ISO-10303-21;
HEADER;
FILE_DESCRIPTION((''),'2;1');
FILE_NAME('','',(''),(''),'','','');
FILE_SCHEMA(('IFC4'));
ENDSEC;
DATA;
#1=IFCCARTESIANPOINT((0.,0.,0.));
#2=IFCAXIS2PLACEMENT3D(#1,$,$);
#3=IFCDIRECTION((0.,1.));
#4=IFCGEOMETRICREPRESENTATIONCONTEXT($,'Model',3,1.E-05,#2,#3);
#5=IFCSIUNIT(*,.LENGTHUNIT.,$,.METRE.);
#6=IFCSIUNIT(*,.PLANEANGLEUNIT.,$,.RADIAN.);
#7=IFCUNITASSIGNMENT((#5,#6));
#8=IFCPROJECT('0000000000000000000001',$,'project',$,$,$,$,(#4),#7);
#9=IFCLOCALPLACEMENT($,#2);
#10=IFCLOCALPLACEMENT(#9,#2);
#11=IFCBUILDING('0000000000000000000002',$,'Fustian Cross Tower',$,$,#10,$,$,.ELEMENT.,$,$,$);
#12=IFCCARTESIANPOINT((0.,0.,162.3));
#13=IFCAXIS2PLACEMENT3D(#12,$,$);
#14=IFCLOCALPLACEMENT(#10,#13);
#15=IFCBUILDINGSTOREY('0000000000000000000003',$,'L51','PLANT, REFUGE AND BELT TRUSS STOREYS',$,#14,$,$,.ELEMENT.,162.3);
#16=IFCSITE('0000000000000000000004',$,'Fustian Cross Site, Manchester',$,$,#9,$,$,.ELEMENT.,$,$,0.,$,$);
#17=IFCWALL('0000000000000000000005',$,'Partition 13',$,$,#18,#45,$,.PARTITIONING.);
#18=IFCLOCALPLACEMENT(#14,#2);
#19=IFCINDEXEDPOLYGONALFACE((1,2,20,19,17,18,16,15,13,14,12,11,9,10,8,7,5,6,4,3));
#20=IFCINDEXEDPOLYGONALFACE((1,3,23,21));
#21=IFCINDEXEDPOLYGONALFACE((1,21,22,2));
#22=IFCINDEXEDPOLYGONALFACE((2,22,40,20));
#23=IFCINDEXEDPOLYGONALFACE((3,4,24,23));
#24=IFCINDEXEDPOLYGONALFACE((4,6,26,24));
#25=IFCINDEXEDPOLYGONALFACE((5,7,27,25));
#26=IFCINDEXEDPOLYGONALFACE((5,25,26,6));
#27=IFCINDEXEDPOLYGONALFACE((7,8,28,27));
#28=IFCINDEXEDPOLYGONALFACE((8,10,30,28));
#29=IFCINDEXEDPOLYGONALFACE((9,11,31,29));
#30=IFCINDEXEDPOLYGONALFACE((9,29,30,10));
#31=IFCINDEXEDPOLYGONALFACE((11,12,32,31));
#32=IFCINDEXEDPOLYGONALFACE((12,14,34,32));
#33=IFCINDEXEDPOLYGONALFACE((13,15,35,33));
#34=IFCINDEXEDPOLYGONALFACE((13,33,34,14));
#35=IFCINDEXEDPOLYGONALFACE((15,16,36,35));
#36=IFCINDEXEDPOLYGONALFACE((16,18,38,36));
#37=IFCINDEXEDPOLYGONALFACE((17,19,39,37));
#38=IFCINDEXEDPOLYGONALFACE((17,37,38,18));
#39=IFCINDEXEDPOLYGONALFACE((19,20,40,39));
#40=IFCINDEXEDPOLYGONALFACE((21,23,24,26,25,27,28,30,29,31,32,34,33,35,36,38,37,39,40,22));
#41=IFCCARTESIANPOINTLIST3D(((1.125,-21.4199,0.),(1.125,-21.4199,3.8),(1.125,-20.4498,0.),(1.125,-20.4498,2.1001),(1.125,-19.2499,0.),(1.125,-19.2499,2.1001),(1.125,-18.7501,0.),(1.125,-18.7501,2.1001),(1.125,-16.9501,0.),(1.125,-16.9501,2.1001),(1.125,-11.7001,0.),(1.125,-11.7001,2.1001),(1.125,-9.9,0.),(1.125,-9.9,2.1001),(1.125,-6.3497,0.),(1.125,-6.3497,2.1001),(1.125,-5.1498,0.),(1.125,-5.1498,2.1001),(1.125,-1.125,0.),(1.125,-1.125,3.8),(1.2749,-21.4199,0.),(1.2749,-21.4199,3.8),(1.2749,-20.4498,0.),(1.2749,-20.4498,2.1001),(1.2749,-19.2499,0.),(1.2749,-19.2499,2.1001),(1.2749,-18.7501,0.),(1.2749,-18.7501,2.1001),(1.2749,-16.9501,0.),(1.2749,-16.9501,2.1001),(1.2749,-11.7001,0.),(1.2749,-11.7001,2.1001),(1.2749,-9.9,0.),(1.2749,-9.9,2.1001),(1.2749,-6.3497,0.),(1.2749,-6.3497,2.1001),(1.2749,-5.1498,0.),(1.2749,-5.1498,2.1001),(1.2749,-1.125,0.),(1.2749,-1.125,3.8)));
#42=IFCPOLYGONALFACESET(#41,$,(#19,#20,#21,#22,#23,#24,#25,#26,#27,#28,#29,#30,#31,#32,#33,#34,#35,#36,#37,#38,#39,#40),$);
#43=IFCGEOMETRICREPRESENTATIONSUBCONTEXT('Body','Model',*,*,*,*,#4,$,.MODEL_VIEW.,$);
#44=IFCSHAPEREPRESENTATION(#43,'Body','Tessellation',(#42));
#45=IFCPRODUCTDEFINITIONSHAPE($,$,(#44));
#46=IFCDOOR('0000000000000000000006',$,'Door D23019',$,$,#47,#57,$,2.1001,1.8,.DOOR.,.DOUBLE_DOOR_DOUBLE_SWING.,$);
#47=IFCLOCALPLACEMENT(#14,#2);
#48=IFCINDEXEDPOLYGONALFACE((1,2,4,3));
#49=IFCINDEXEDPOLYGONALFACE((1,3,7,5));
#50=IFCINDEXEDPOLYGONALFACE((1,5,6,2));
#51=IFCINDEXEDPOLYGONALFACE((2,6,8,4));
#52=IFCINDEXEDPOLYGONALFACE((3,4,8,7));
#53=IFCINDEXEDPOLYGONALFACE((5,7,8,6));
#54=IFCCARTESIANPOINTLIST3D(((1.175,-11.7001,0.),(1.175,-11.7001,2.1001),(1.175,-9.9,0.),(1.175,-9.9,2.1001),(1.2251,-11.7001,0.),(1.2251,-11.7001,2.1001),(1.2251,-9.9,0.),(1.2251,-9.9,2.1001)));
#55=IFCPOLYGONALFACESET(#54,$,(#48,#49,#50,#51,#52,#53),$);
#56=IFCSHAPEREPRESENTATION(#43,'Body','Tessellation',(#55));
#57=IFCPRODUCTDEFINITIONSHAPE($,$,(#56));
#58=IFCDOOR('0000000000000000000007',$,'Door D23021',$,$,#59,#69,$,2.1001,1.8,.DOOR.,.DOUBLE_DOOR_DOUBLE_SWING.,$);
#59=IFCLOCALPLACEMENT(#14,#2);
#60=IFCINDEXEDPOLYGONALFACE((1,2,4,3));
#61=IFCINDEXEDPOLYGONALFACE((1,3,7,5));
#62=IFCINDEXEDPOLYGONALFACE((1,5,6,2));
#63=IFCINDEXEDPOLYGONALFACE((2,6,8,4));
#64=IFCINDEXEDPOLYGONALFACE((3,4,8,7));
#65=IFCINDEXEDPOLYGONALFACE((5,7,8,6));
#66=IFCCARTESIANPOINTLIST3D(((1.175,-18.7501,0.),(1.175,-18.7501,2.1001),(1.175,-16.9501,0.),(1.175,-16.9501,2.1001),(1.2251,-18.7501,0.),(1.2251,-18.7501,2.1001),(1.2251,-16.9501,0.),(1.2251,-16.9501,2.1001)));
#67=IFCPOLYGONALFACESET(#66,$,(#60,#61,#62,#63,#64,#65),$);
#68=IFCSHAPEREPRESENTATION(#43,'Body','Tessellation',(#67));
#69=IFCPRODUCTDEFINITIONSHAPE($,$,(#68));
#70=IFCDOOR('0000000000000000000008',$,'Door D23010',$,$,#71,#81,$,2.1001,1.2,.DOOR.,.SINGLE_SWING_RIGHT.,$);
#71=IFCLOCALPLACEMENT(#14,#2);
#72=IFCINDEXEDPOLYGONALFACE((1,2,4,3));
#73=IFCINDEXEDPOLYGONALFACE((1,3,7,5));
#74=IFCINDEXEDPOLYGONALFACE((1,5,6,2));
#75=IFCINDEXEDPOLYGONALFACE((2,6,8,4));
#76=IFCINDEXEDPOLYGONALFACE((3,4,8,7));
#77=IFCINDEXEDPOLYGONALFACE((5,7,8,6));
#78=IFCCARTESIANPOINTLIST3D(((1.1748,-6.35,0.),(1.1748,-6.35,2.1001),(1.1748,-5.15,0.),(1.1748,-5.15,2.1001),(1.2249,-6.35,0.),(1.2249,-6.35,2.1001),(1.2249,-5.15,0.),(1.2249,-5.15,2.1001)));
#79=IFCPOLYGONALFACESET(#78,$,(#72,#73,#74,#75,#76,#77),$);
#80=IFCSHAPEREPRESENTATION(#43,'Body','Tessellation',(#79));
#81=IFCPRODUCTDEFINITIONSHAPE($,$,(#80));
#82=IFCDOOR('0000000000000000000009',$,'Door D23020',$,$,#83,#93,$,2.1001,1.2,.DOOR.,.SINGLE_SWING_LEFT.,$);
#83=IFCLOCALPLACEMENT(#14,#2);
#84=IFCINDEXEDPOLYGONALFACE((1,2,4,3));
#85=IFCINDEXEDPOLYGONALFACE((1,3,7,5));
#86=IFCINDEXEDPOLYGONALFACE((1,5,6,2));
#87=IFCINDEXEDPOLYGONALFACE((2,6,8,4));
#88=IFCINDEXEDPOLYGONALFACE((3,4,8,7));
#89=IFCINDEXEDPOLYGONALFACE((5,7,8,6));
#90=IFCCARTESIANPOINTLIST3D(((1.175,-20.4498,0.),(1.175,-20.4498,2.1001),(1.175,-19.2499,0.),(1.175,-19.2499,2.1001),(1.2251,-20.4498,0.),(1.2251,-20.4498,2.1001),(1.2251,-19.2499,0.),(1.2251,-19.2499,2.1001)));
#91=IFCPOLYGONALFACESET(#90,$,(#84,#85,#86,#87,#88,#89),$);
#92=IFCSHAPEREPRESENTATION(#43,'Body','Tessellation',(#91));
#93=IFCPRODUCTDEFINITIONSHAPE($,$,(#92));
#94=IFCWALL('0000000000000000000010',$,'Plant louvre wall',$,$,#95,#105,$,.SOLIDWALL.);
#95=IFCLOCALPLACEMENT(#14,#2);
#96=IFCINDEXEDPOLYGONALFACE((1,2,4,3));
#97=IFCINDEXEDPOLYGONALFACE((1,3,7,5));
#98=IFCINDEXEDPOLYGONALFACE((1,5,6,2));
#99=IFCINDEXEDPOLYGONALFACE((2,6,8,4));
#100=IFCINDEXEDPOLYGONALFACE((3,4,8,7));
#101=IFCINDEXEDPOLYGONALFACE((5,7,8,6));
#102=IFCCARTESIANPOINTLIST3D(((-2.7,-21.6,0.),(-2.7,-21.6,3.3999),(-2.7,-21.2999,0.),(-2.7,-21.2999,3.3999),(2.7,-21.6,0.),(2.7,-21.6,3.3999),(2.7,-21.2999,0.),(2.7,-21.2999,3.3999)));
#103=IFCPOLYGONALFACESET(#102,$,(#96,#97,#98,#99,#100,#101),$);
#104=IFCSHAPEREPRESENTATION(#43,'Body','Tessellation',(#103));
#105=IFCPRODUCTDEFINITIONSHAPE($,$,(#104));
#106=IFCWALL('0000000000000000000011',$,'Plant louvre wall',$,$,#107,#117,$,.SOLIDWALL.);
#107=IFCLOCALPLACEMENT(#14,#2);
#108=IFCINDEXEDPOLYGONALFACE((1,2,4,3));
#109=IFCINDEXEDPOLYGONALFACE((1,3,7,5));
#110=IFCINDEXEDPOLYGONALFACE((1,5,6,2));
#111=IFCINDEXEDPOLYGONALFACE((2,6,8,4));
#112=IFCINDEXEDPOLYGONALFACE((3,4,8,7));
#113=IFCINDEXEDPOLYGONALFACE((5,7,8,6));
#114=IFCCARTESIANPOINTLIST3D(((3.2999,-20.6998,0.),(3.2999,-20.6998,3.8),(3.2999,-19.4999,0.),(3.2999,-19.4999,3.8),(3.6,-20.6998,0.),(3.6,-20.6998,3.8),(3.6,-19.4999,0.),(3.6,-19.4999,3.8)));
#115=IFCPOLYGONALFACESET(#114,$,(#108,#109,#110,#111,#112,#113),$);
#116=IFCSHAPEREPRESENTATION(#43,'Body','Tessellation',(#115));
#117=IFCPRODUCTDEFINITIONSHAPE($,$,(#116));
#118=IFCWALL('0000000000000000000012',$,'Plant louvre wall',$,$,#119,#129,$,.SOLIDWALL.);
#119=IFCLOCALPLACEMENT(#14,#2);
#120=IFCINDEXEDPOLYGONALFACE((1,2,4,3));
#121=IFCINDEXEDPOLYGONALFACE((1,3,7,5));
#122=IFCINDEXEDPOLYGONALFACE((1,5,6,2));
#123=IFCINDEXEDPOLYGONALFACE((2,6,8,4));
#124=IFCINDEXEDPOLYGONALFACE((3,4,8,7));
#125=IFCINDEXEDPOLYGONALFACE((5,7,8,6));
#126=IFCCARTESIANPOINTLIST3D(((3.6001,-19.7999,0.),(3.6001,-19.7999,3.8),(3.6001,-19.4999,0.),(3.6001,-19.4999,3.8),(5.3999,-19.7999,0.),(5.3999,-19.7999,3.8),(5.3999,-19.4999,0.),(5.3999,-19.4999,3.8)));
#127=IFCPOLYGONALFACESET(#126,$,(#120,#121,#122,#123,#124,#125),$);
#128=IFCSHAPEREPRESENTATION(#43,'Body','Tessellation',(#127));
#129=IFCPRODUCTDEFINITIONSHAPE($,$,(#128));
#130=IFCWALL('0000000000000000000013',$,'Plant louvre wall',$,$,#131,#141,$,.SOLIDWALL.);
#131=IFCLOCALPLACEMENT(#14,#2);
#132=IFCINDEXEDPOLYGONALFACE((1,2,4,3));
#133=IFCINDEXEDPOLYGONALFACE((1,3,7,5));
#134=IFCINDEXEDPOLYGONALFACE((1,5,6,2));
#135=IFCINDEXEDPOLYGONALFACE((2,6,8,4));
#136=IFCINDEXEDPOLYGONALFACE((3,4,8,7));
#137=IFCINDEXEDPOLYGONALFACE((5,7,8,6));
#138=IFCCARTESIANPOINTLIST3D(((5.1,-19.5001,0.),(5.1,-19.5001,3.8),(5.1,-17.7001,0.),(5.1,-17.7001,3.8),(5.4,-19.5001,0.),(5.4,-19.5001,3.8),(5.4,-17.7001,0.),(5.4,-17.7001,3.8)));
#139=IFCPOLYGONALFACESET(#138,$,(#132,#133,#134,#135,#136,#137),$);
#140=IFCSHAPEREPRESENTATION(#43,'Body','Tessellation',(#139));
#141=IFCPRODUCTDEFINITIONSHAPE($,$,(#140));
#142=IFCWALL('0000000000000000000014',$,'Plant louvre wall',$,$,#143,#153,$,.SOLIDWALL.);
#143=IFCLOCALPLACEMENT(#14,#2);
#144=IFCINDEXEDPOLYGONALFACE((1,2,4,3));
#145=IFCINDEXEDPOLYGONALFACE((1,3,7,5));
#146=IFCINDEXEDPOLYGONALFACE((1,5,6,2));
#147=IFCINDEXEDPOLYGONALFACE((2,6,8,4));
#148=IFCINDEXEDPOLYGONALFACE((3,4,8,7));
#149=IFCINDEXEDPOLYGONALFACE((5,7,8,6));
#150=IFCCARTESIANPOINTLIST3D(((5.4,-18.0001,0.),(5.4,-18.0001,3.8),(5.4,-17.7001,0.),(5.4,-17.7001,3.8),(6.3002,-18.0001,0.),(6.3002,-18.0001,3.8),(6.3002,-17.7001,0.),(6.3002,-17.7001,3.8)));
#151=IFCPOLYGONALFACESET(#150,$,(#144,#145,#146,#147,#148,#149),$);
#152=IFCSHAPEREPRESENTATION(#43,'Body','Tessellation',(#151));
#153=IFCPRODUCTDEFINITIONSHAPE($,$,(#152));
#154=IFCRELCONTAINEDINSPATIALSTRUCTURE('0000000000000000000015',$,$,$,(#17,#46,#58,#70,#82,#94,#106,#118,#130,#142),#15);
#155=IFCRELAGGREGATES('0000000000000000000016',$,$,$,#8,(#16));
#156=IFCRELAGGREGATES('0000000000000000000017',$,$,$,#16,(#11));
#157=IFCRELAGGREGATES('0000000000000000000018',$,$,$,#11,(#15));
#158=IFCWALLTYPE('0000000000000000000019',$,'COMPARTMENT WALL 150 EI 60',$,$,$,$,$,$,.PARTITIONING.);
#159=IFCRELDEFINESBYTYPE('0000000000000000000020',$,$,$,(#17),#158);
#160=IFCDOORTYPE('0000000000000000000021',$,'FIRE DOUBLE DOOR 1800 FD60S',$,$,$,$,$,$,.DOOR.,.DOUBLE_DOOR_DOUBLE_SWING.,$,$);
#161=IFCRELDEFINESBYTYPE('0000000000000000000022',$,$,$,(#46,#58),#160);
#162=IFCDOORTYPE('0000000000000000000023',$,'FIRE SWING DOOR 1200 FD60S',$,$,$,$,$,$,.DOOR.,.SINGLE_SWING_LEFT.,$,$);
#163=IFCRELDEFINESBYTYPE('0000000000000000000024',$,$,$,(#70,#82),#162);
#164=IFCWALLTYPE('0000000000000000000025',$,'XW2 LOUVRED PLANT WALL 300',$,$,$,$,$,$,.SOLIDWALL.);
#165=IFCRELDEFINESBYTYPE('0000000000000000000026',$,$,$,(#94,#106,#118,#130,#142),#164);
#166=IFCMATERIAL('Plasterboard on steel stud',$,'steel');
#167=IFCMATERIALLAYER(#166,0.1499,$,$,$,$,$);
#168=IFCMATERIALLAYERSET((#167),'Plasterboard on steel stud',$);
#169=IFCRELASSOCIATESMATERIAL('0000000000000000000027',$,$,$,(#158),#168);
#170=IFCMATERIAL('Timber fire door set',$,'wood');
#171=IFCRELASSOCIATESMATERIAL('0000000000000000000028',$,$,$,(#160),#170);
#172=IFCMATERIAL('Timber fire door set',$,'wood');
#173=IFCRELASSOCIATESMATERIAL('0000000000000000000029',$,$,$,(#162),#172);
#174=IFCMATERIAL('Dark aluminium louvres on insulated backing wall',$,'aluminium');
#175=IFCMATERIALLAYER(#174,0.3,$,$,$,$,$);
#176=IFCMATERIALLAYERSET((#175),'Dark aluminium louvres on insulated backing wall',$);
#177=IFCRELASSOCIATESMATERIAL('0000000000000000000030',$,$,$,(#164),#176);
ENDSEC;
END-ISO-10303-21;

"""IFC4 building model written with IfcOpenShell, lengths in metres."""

from ifc_helpers import new_model, si_unit, direction, frame, frame_2d, origin, place, context, subcontext, project, spatial, rectangle, extrude, material, layer, layer_set, type_object, element, fill, save


model = new_model("IFC4")

# Units and contexts
model_context = context("Model", 3, precision=1e-05, world=origin(), true_north=direction((0.0, 1.0)))
body_context = subcontext(model_context, "Body", "Model", "MODEL_VIEW")
ifc_project = project(units=[si_unit("LENGTHUNIT", "METRE"), si_unit("PLANEANGLEUNIT", "RADIAN")], contexts=[model_context])

# Site, building, storey
site_placement = place(None, origin())
site = spatial("IfcSite", under=ifc_project, at=site_placement, Name="Fustian Cross Site, Manchester", CompositionType="ELEMENT", RefElevation=0.0)
building_placement = place(site_placement, origin())
building = spatial("IfcBuilding", under=site, at=building_placement, Name="Fustian Cross Tower", CompositionType="ELEMENT")
storey_placement = place(building_placement, frame((0.0, 0.0, 162.3)))
storey = spatial("IfcBuildingStorey", under=building, at=storey_placement, Name="L51", Description="PLANT, REFUGE AND BELT TRUSS STOREYS", CompositionType="ELEMENT", Elevation=162.3)

# Wall, openings, doors
ifc_material_1 = material(Name="Plasterboard on steel stud", Category="steel")
ifc_layer_1 = layer(ifc_material_1, 0.1499)
ifc_layer_set_1 = layer_set([ifc_layer_1], Name="Plasterboard on steel stud")
wall_type_1 = type_object("IfcWallType", Name="COMPARTMENT WALL 150 EI 60", PredefinedType="PARTITIONING", material=ifc_layer_set_1)
ifc_material_2 = material(Name="Timber fire door set", Category="wood")
door_type_1 = type_object("IfcDoorType", Name="FIRE DOUBLE DOOR 1800 FD60S", OperationType="DOUBLE_DOOR_DOUBLE_SWING", PredefinedType="DOOR", material=ifc_material_2)
ifc_material_3 = material(Name="Timber fire door set", Category="wood")
door_type_2 = type_object("IfcDoorType", Name="FIRE SWING DOOR 1200 FD60S", OperationType="SINGLE_SWING_LEFT", PredefinedType="DOOR", material=ifc_material_3)
wall_1_placement = place(storey_placement, frame((1.2, -21.4199, 0.0), z_axis=(0.0, 0.0, 1.0), x_axis=(0.0, 1.0, 0.0)))
wall_1 = element("IfcWall", 1, at=wall_1_placement, inside=storey, type_object=wall_type_1, Name="Partition 13", PredefinedType="PARTITIONING", context=body_context, shape_type="SweptSolid", body=[
    extrude(rectangle(XDim=20.2949, YDim=0.1499, at=frame_2d((10.1475, 0.0))), origin(), (0.0, 0.0, 1.0), 3.8),
])
opening_1_placement = place(wall_1_placement, frame((15.0701, 0.0, 0.0)))
opening_1 = element("IfcOpeningElement", 2, at=opening_1_placement, cuts=wall_1, PredefinedType="OPENING", context=body_context, shape_type="SweptSolid", body=[
    extrude(rectangle(XDim=1.2, YDim=2.1001, at=frame_2d((0.6001, 1.05))), frame((0.0, 0.085, 0.0), z_axis=(0.0, -1.0, 0.0), x_axis=(1.0, 0.0, 0.0)), (0.0, 0.0, 1.0), 0.1699),
])
opening_2_placement = place(wall_1_placement, frame((9.72, 0.0, 0.0)))
opening_2 = element("IfcOpeningElement", 3, at=opening_2_placement, cuts=wall_1, PredefinedType="OPENING", context=body_context, shape_type="SweptSolid", body=[
    extrude(rectangle(XDim=1.8, YDim=2.1001, at=frame_2d((0.8999, 1.05))), frame((0.0, 0.085, 0.0), z_axis=(0.0, -1.0, 0.0), x_axis=(1.0, 0.0, 0.0)), (0.0, 0.0, 1.0), 0.1699),
])
opening_3_placement = place(wall_1_placement, frame((0.97, 0.0, 0.0)))
opening_3 = element("IfcOpeningElement", 4, at=opening_3_placement, cuts=wall_1, PredefinedType="OPENING", context=body_context, shape_type="SweptSolid", body=[
    extrude(rectangle(XDim=1.2, YDim=2.1001, at=frame_2d((0.6001, 1.05))), frame((0.0, 0.085, 0.0), z_axis=(0.0, -1.0, 0.0), x_axis=(1.0, 0.0, 0.0)), (0.0, 0.0, 1.0), 0.1699),
])
opening_4_placement = place(wall_1_placement, frame((2.6699, 0.0, 0.0)))
opening_4 = element("IfcOpeningElement", 5, at=opening_4_placement, cuts=wall_1, PredefinedType="OPENING", context=body_context, shape_type="SweptSolid", body=[
    extrude(rectangle(XDim=1.8, YDim=2.1001, at=frame_2d((0.8999, 1.05))), frame((0.0, 0.085, 0.0), z_axis=(0.0, -1.0, 0.0), x_axis=(1.0, 0.0, 0.0)), (0.0, 0.0, 1.0), 0.1699),
])
door_1_placement = place(opening_2_placement, origin())
door_1 = element("IfcDoor", 6, at=door_1_placement, inside=storey, type_object=door_type_1, Name="Door D23019", OperationType="DOUBLE_DOOR_DOUBLE_SWING", OverallHeight=2.1001, OverallWidth=1.8, PredefinedType="DOOR", context=body_context, shape_type="SweptSolid", body=[
    extrude(rectangle(XDim=1.8, YDim=2.1001, at=frame_2d((0.8999, 1.05))), frame((0.0, 0.0249, 0.0), z_axis=(0.0, -1.0, 0.0), x_axis=(1.0, 0.0, 0.0)), (0.0, 0.0, 1.0), 0.05),
])
fill(opening_2, door_1)
door_2_placement = place(opening_4_placement, origin())
door_2 = element("IfcDoor", 7, at=door_2_placement, inside=storey, type_object=door_type_1, Name="Door D23021", OperationType="DOUBLE_DOOR_DOUBLE_SWING", OverallHeight=2.1001, OverallWidth=1.8, PredefinedType="DOOR", context=body_context, shape_type="SweptSolid", body=[
    extrude(rectangle(XDim=1.8, YDim=2.1001, at=frame_2d((0.8999, 1.05))), frame((0.0, 0.0249, 0.0), z_axis=(0.0, -1.0, 0.0), x_axis=(1.0, 0.0, 0.0)), (0.0, 0.0, 1.0), 0.05),
])
fill(opening_4, door_2)
door_3_placement = place(opening_1_placement, frame((1.2, 0.0, 0.0), z_axis=(0.0, 0.0, 1.0), x_axis=(-1.0, 0.0, 0.0)))
door_3 = element("IfcDoor", 8, at=door_3_placement, inside=storey, type_object=door_type_2, Name="Door D23010", OperationType="SINGLE_SWING_RIGHT", OverallHeight=2.1001, OverallWidth=1.2, PredefinedType="DOOR", context=body_context, shape_type="SweptSolid", body=[
    extrude(rectangle(XDim=1.2, YDim=2.1001, at=frame_2d((0.6001, 1.05))), frame((0.0, 0.0249, 0.0), z_axis=(0.0, -1.0, 0.0), x_axis=(1.0, 0.0, 0.0)), (0.0, 0.0, 1.0), 0.05),
])
fill(opening_1, door_3)
door_4_placement = place(opening_3_placement, origin())
door_4 = element("IfcDoor", 9, at=door_4_placement, inside=storey, type_object=door_type_2, Name="Door D23020", OperationType="SINGLE_SWING_LEFT", OverallHeight=2.1001, OverallWidth=1.2, PredefinedType="DOOR", context=body_context, shape_type="SweptSolid", body=[
    extrude(rectangle(XDim=1.2, YDim=2.1001, at=frame_2d((0.6001, 1.05))), frame((0.0, 0.0249, 0.0), z_axis=(0.0, -1.0, 0.0), x_axis=(1.0, 0.0, 0.0)), (0.0, 0.0, 1.0), 0.05),
])
fill(opening_3, door_4)

# Walls
ifc_material_4 = material(Name="Dark aluminium louvres on insulated backing wall", Category="aluminium")
ifc_layer_2 = layer(ifc_material_4, 0.3)
ifc_layer_set_2 = layer_set([ifc_layer_2], Name="Dark aluminium louvres on insulated backing wall")
wall_type_2 = type_object("IfcWallType", Name="XW2 LOUVRED PLANT WALL 300", PredefinedType="SOLIDWALL", material=ifc_layer_set_2)
wall_2_placement = place(storey_placement, frame((-2.7, -21.45, 0.0), z_axis=(0.0, 0.0, 1.0), x_axis=(1.0, 0.0, 0.0)))
element("IfcWall", 10, at=wall_2_placement, inside=storey, type_object=wall_type_2, Name="Plant louvre wall", PredefinedType="SOLIDWALL", context=body_context, shape_type="SweptSolid", body=[
    extrude(rectangle(XDim=5.3999, YDim=0.3, at=frame_2d((2.7, 0.0))), origin(), (0.0, 0.0, 1.0), 3.3999),
])
wall_3_placement = place(storey_placement, frame((3.45, -20.7, 0.0), z_axis=(0.0, 0.0, 1.0), x_axis=(0.0, 1.0, 0.0)))
element("IfcWall", 11, at=wall_3_placement, inside=storey, type_object=wall_type_2, Name="Plant louvre wall", PredefinedType="SOLIDWALL", context=body_context, shape_type="SweptSolid", body=[
    extrude(rectangle(XDim=1.2, YDim=0.3, at=frame_2d((0.6001, 0.0))), origin(), (0.0, 0.0, 1.0), 3.8),
])
wall_4_placement = place(storey_placement, frame((3.6001, -19.6499, 0.0), z_axis=(0.0, 0.0, 1.0), x_axis=(1.0, 0.0, 0.0)))
element("IfcWall", 12, at=wall_4_placement, inside=storey, type_object=wall_type_2, Name="Plant louvre wall", PredefinedType="SOLIDWALL", context=body_context, shape_type="SweptSolid", body=[
    extrude(rectangle(XDim=1.7998, YDim=0.3, at=frame_2d((0.8999, 0.0))), origin(), (0.0, 0.0, 1.0), 3.8),
])
wall_5_placement = place(storey_placement, frame((5.25, -19.5, 0.0), z_axis=(0.0, 0.0, 1.0), x_axis=(0.0, 1.0, 0.0)))
element("IfcWall", 13, at=wall_5_placement, inside=storey, type_object=wall_type_2, Name="Plant louvre wall", PredefinedType="SOLIDWALL", context=body_context, shape_type="SweptSolid", body=[
    extrude(rectangle(XDim=1.8, YDim=0.3, at=frame_2d((0.8999, 0.0))), origin(), (0.0, 0.0, 1.0), 3.8),
])
wall_6_placement = place(storey_placement, frame((5.3999, -17.8501, 0.0), z_axis=(0.0, 0.0, 1.0), x_axis=(1.0, 0.0, 0.0)))
element("IfcWall", 14, at=wall_6_placement, inside=storey, type_object=wall_type_2, Name="Plant louvre wall", PredefinedType="SOLIDWALL", context=body_context, shape_type="SweptSolid", body=[
    extrude(rectangle(XDim=0.9001, YDim=0.3, at=frame_2d((0.4502, 0.0))), origin(), (0.0, 0.0, 1.0), 3.8),
])

save(model, "model.ifc")
